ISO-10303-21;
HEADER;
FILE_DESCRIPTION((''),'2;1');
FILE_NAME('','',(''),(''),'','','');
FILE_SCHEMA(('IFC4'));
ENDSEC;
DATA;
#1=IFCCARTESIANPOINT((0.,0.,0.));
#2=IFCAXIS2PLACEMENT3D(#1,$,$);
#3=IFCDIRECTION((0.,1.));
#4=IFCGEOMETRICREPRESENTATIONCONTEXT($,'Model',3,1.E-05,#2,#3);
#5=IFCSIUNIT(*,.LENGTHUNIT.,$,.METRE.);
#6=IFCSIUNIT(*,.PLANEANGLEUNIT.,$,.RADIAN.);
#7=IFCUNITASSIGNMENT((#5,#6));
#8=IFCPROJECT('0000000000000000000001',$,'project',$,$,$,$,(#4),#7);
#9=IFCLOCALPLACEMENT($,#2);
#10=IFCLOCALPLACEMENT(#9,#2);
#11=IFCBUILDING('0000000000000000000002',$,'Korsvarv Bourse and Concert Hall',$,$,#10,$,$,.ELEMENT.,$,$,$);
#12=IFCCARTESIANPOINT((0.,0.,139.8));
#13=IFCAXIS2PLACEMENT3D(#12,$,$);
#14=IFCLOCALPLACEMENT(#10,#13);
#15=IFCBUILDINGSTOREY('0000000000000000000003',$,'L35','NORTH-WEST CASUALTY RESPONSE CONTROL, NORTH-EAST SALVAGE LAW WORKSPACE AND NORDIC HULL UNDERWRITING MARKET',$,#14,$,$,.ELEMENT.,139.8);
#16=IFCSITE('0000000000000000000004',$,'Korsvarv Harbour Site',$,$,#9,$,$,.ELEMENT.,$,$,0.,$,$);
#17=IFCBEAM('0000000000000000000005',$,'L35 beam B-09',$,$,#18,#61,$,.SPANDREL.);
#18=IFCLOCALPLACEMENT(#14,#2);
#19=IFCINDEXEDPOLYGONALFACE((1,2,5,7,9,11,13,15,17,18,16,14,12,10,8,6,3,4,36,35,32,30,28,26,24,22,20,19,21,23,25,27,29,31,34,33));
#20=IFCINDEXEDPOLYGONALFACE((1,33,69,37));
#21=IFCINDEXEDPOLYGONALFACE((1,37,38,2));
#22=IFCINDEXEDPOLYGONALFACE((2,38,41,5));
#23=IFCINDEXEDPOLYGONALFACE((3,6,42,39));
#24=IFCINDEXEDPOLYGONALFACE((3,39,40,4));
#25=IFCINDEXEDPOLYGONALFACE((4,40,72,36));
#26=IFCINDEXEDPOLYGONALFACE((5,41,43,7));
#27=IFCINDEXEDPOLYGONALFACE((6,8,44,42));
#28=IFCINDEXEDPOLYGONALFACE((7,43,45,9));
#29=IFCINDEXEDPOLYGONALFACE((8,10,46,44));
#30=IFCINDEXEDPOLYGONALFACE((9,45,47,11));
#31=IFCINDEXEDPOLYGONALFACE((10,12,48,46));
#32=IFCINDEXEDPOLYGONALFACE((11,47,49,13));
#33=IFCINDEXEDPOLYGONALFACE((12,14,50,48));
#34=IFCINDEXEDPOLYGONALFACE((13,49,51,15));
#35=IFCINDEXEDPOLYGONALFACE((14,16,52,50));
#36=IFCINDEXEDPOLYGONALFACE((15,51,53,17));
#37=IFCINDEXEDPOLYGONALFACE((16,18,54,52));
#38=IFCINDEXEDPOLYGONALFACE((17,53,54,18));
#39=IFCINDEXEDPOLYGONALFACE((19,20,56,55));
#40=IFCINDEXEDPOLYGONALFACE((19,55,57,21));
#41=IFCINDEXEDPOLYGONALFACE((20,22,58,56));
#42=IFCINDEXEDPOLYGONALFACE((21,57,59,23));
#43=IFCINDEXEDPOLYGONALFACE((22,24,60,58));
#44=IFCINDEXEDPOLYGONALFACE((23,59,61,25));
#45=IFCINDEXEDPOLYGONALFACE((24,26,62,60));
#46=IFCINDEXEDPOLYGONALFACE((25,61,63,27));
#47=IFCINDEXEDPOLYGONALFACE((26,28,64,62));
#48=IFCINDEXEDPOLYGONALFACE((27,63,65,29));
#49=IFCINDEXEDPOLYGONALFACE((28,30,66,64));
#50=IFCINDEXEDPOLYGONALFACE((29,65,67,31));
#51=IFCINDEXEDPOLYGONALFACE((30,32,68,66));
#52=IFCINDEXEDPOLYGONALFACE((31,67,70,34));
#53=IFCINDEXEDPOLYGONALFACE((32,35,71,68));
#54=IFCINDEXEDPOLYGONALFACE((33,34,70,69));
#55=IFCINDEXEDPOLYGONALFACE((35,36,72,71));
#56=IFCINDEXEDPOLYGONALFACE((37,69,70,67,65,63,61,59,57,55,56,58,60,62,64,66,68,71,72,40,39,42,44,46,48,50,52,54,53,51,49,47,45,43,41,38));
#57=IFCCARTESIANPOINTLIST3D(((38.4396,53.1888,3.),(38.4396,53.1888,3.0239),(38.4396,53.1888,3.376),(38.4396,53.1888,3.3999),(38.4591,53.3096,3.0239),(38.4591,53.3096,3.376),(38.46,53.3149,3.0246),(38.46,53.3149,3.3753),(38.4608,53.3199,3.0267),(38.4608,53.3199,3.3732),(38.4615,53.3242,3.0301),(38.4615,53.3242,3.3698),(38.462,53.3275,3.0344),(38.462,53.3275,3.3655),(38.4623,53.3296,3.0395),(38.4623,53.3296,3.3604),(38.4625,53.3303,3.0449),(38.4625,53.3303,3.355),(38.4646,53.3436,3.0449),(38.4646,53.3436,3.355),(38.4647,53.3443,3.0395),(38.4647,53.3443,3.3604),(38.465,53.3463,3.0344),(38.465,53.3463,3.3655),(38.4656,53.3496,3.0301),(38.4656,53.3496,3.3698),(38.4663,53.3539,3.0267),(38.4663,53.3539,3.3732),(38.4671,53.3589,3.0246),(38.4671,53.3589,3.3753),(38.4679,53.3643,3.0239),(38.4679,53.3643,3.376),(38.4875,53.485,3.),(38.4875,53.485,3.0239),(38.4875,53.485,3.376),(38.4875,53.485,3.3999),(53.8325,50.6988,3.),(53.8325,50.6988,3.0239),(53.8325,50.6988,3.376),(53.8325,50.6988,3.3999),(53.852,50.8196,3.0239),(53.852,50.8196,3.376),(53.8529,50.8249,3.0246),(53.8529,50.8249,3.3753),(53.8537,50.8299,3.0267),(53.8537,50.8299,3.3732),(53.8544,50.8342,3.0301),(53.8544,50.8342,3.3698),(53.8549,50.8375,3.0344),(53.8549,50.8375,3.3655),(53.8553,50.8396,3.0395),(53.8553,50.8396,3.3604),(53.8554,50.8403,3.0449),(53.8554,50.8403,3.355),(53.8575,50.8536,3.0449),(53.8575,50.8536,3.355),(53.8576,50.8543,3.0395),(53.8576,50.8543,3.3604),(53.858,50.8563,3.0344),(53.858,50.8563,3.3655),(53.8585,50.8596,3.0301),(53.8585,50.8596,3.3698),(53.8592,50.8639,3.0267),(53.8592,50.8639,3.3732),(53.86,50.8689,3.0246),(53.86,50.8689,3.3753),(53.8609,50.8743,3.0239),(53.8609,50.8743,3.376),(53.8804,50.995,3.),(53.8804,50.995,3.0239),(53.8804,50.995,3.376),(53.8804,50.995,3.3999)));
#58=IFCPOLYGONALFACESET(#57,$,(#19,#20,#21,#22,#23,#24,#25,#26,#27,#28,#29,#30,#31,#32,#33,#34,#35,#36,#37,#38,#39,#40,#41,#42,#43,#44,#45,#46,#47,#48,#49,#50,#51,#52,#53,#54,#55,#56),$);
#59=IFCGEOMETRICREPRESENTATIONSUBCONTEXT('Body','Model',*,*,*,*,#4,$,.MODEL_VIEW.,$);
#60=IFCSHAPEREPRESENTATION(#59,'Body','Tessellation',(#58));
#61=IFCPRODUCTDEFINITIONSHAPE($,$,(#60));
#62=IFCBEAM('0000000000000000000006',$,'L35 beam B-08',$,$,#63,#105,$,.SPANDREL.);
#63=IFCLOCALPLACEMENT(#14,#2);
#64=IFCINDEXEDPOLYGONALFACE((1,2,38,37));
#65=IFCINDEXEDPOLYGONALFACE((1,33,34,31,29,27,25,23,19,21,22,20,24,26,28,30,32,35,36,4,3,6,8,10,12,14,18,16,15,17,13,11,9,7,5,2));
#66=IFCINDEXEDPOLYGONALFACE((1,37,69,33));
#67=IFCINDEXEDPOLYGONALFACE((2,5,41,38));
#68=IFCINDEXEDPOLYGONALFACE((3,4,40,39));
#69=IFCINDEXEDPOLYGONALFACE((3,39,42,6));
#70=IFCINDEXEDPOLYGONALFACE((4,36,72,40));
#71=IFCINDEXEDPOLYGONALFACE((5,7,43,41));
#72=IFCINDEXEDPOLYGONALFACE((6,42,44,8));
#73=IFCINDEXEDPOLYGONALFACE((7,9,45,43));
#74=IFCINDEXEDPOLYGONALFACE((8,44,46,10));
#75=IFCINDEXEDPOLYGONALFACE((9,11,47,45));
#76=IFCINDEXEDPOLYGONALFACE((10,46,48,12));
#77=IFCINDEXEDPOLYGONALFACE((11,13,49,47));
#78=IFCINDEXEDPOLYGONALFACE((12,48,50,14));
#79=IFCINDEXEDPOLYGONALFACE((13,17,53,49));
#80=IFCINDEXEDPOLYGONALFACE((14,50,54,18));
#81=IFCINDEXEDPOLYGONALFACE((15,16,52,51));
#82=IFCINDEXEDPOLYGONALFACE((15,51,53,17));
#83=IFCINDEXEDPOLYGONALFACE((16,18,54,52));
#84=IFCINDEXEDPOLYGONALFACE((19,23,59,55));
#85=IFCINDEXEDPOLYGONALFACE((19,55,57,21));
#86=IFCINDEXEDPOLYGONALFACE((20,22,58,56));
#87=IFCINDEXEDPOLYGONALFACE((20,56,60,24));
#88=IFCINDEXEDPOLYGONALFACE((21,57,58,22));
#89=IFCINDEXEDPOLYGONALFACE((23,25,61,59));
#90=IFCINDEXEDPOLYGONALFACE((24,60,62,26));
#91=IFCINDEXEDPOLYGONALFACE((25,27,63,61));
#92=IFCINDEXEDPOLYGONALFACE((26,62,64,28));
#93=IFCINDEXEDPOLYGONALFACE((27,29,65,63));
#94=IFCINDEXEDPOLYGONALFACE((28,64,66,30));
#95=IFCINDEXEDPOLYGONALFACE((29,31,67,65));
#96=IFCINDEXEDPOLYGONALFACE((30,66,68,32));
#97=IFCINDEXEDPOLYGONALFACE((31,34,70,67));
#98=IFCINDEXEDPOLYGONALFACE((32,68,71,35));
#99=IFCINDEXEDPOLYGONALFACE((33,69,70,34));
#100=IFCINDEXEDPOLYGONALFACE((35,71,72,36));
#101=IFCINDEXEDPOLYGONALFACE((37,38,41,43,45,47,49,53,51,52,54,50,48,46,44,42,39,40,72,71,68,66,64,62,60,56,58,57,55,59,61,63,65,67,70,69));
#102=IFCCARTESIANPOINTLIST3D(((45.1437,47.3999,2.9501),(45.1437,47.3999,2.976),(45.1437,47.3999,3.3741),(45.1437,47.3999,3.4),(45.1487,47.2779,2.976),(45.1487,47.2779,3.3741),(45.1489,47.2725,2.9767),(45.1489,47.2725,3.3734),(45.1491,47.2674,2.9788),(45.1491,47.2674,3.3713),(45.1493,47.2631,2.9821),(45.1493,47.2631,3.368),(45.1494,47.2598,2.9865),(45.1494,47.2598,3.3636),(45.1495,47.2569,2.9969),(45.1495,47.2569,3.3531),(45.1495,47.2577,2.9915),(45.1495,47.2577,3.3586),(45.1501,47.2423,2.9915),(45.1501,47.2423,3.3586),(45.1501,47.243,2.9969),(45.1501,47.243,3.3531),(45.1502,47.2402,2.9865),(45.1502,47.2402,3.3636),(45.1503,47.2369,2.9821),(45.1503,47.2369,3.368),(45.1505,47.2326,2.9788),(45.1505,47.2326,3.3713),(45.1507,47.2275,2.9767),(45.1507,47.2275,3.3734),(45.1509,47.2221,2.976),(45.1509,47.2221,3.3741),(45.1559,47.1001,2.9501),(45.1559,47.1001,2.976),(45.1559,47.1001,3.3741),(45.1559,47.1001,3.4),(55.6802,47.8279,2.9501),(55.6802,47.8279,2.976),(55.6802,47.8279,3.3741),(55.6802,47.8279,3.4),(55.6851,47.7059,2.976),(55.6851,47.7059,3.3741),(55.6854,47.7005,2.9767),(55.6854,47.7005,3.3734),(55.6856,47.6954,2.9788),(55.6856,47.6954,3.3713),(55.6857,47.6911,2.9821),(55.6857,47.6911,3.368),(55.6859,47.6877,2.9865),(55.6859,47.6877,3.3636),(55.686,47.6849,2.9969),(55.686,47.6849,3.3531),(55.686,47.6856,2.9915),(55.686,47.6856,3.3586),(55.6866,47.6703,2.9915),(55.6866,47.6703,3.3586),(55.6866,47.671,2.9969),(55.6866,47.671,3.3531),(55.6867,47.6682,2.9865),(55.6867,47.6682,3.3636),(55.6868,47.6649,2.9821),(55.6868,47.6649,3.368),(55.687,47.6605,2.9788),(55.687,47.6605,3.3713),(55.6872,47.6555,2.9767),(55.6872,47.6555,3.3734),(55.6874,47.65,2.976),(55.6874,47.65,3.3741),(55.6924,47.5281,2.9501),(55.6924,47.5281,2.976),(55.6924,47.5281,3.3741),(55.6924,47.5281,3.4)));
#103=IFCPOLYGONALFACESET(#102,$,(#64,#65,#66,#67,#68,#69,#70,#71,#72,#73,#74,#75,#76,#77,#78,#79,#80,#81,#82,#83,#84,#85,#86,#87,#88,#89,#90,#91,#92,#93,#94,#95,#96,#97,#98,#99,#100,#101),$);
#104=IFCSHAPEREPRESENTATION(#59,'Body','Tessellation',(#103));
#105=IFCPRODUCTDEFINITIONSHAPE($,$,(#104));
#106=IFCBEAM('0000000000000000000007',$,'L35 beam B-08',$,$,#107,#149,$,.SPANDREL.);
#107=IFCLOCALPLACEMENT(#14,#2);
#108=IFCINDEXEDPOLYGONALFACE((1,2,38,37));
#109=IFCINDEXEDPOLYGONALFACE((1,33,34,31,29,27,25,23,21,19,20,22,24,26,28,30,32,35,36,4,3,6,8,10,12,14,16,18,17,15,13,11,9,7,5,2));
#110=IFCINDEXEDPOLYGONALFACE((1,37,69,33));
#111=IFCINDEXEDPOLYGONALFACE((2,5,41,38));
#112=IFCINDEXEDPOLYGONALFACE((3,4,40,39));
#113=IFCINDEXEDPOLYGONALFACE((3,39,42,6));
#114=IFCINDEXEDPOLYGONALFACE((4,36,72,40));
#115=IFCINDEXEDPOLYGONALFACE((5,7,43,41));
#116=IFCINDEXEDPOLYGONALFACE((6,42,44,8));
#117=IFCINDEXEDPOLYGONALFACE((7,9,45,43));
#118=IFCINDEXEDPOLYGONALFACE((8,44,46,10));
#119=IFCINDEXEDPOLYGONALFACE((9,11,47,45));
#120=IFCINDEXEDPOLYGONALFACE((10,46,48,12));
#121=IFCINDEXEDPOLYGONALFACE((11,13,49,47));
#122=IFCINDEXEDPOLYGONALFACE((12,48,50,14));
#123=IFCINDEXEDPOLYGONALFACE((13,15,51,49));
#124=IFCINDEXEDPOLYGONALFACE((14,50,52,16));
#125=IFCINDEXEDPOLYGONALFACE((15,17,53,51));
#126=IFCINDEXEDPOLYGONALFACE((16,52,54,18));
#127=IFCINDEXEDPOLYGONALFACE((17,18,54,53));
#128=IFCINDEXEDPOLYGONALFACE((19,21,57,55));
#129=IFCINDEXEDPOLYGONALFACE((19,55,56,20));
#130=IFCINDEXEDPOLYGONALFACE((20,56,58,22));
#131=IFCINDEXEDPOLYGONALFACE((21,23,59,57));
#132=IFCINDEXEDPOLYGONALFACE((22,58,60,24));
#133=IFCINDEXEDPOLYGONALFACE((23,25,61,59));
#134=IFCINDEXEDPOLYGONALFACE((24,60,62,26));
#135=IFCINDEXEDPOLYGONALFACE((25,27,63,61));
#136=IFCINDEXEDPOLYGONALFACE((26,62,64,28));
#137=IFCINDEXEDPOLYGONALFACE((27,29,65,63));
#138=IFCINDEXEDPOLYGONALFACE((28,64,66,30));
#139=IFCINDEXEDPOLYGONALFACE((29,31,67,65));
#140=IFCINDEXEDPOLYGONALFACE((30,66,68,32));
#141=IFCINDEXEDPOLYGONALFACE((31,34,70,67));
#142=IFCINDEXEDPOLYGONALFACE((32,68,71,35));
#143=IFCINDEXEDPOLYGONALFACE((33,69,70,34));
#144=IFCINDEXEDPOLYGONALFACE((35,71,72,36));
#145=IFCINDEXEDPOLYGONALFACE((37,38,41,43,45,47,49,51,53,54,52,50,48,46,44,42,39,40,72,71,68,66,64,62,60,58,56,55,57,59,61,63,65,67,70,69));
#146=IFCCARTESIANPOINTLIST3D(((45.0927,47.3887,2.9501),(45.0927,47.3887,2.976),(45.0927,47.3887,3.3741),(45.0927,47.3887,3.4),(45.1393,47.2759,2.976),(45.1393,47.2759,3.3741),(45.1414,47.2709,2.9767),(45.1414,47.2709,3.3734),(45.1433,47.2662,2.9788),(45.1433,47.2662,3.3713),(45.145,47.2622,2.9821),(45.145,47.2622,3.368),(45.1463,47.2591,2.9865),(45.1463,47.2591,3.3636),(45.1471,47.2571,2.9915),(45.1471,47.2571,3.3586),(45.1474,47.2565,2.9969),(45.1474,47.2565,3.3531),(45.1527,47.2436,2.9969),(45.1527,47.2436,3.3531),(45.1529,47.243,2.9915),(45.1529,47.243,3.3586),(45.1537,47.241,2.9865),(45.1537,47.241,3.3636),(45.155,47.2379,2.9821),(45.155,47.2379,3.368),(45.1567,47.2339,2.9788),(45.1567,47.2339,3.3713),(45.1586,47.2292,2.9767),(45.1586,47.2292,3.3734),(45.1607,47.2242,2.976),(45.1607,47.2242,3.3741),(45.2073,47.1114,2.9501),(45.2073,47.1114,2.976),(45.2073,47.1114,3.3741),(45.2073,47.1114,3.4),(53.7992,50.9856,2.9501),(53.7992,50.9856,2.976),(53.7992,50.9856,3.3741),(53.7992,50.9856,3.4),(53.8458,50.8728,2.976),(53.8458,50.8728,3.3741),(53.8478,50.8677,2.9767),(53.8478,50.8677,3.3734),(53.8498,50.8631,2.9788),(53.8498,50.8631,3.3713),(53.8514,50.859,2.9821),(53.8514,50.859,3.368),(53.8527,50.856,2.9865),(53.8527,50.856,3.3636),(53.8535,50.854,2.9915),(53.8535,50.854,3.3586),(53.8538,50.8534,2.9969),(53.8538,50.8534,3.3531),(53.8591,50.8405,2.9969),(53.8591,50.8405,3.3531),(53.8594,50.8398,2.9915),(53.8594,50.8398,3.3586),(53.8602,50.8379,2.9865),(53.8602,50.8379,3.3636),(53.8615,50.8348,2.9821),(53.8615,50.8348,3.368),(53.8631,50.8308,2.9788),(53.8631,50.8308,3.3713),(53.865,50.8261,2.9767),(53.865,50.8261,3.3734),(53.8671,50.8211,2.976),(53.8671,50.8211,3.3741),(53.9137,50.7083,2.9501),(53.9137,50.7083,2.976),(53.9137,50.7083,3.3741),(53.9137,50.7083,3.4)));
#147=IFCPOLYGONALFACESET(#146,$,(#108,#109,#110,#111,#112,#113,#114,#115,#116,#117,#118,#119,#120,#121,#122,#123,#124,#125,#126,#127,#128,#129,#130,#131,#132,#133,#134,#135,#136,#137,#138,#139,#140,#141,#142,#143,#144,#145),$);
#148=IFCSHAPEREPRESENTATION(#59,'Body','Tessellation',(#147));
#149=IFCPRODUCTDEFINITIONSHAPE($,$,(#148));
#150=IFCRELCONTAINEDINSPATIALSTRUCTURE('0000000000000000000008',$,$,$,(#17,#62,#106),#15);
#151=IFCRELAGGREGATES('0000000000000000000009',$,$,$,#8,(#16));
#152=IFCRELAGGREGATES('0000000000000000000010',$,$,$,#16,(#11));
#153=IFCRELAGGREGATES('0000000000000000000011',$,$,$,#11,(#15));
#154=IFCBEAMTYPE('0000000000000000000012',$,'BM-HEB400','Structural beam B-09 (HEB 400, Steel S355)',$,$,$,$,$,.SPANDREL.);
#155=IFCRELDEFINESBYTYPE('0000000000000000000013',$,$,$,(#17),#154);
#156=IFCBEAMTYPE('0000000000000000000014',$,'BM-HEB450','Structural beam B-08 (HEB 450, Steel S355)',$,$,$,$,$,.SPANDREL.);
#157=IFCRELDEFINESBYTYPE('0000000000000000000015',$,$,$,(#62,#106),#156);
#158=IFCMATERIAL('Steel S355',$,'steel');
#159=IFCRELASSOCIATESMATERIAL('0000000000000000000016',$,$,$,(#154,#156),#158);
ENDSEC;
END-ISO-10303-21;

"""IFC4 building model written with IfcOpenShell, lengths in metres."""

from ifc_helpers import new_model, si_unit, direction, frame, origin, origin_2d, place, context, subcontext, project, spatial, i_section, extrude, source, transform, mapped, material, material_profile, profile_set, type_object, element, save


model = new_model("IFC4")

# Units and contexts
model_context = context("Model", 3, precision=1e-05, world=origin(), true_north=direction((0.0, 1.0)))
body_context = subcontext(model_context, "Body", "Model", "MODEL_VIEW")
ifc_project = project(units=[si_unit("LENGTHUNIT", "METRE"), si_unit("PLANEANGLEUNIT", "RADIAN")], contexts=[model_context])

# Site, building, storey
site_placement = place(None, origin())
site = spatial("IfcSite", under=ifc_project, at=site_placement, Name="Korsvarv Harbour Site", CompositionType="ELEMENT", RefElevation=0.0)
building_placement = place(site_placement, origin())
building = spatial("IfcBuilding", under=site, at=building_placement, Name="Korsvarv Bourse and Concert Hall", CompositionType="ELEMENT")
storey_placement = place(building_placement, frame((0.0, 0.0, 139.8)))
storey = spatial("IfcBuildingStorey", under=building, at=storey_placement, Name="L35", Description="NORTH-WEST CASUALTY RESPONSE CONTROL, NORTH-EAST SALVAGE LAW WORKSPACE AND NORDIC HULL UNDERWRITING MARKET", CompositionType="ELEMENT", Elevation=139.8)

# Shared definitions
ifc_material_1 = material(Name="Steel S355", Category="steel")

# Beams
ifc_material_profile_1 = material_profile(ifc_material_1, i_section(OverallWidth=0.3, OverallDepth=0.3999, WebThickness=0.0134, FlangeThickness=0.0239, FilletRadius=0.021, at=origin_2d()), Name="HEB 400")
ifc_profile_set_1 = profile_set([ifc_material_profile_1], Name="Steel S355")
beam_type_1 = type_object("IfcBeamType", Name="BM-HEB400", Description="Structural beam B-09 (HEB 400, Steel S355)", PredefinedType="SPANDREL", material=ifc_profile_set_1)
shared_shape_1 = source(origin(), body_context, "Body", "SweptSolid", [
    extrude(i_section(OverallWidth=0.3, OverallDepth=0.3999, WebThickness=0.0134, FlangeThickness=0.0239, FilletRadius=0.021, at=origin_2d()), origin(), (0.0, 0.0, 1.0), 15.593),
])
beam_1_placement = place(storey_placement, frame((53.8564, 50.8469, 3.2), z_axis=(-0.987168, 0.159687, 0.0), x_axis=(-0.159687, -0.987168, 0.0)))
element("IfcBeam", 1, at=beam_1_placement, inside=storey, type_object=beam_type_1, Name="L35 beam B-09", PredefinedType="SPANDREL", context=body_context, shape_type="MappedRepresentation", body=[
    mapped(shared_shape_1, transform((0.0, 0.0, 0.0), scale=1.0)),
])
ifc_material_profile_2 = material_profile(ifc_material_1, i_section(OverallWidth=0.3, OverallDepth=0.45, WebThickness=0.0139, FlangeThickness=0.0259, FilletRadius=0.021, at=origin_2d()), Name="HEB 450")
ifc_profile_set_2 = profile_set([ifc_material_profile_2], Name="Steel S355")
beam_type_2 = type_object("IfcBeamType", Name="BM-HEB450", Description="Structural beam B-08 (HEB 450, Steel S355)", PredefinedType="SPANDREL", material=ifc_profile_set_2)
shared_shape_2 = source(origin(), body_context, "Body", "SweptSolid", [
    extrude(i_section(OverallWidth=0.3, OverallDepth=0.45, WebThickness=0.0139, FlangeThickness=0.0259, FilletRadius=0.021, at=origin_2d()), origin(), (0.0, 0.0, 1.0), 10.5452),
])
beam_2_placement = place(storey_placement, frame((55.6863, 47.678, 3.175), z_axis=(-0.999176, -0.040586, 0.0), x_axis=(0.040586, -0.999176, 0.0)))
element("IfcBeam", 2, at=beam_2_placement, inside=storey, type_object=beam_type_2, Name="L35 beam B-08", PredefinedType="SPANDREL", context=body_context, shape_type="MappedRepresentation", body=[
    mapped(shared_shape_2, transform((0.0, 0.0, 0.0), scale=1.0)),
])
shared_shape_3 = source(origin(), body_context, "Body", "SweptSolid", [
    extrude(i_section(OverallWidth=0.3, OverallDepth=0.45, WebThickness=0.0139, FlangeThickness=0.0259, FilletRadius=0.021, at=origin_2d()), origin(), (0.0, 0.0, 1.0), 9.4202),
])
beam_3_placement = place(storey_placement, frame((53.8564, 50.8469, 3.175), z_axis=(-0.924234, -0.381828, 0.0), x_axis=(0.381828, -0.924234, 0.0)))
element("IfcBeam", 3, at=beam_3_placement, inside=storey, type_object=beam_type_2, Name="L35 beam B-08", PredefinedType="SPANDREL", context=body_context, shape_type="MappedRepresentation", body=[
    mapped(shared_shape_3, transform((0.0, 0.0, 0.0), scale=1.0)),
])

save(model, "model.ifc")
